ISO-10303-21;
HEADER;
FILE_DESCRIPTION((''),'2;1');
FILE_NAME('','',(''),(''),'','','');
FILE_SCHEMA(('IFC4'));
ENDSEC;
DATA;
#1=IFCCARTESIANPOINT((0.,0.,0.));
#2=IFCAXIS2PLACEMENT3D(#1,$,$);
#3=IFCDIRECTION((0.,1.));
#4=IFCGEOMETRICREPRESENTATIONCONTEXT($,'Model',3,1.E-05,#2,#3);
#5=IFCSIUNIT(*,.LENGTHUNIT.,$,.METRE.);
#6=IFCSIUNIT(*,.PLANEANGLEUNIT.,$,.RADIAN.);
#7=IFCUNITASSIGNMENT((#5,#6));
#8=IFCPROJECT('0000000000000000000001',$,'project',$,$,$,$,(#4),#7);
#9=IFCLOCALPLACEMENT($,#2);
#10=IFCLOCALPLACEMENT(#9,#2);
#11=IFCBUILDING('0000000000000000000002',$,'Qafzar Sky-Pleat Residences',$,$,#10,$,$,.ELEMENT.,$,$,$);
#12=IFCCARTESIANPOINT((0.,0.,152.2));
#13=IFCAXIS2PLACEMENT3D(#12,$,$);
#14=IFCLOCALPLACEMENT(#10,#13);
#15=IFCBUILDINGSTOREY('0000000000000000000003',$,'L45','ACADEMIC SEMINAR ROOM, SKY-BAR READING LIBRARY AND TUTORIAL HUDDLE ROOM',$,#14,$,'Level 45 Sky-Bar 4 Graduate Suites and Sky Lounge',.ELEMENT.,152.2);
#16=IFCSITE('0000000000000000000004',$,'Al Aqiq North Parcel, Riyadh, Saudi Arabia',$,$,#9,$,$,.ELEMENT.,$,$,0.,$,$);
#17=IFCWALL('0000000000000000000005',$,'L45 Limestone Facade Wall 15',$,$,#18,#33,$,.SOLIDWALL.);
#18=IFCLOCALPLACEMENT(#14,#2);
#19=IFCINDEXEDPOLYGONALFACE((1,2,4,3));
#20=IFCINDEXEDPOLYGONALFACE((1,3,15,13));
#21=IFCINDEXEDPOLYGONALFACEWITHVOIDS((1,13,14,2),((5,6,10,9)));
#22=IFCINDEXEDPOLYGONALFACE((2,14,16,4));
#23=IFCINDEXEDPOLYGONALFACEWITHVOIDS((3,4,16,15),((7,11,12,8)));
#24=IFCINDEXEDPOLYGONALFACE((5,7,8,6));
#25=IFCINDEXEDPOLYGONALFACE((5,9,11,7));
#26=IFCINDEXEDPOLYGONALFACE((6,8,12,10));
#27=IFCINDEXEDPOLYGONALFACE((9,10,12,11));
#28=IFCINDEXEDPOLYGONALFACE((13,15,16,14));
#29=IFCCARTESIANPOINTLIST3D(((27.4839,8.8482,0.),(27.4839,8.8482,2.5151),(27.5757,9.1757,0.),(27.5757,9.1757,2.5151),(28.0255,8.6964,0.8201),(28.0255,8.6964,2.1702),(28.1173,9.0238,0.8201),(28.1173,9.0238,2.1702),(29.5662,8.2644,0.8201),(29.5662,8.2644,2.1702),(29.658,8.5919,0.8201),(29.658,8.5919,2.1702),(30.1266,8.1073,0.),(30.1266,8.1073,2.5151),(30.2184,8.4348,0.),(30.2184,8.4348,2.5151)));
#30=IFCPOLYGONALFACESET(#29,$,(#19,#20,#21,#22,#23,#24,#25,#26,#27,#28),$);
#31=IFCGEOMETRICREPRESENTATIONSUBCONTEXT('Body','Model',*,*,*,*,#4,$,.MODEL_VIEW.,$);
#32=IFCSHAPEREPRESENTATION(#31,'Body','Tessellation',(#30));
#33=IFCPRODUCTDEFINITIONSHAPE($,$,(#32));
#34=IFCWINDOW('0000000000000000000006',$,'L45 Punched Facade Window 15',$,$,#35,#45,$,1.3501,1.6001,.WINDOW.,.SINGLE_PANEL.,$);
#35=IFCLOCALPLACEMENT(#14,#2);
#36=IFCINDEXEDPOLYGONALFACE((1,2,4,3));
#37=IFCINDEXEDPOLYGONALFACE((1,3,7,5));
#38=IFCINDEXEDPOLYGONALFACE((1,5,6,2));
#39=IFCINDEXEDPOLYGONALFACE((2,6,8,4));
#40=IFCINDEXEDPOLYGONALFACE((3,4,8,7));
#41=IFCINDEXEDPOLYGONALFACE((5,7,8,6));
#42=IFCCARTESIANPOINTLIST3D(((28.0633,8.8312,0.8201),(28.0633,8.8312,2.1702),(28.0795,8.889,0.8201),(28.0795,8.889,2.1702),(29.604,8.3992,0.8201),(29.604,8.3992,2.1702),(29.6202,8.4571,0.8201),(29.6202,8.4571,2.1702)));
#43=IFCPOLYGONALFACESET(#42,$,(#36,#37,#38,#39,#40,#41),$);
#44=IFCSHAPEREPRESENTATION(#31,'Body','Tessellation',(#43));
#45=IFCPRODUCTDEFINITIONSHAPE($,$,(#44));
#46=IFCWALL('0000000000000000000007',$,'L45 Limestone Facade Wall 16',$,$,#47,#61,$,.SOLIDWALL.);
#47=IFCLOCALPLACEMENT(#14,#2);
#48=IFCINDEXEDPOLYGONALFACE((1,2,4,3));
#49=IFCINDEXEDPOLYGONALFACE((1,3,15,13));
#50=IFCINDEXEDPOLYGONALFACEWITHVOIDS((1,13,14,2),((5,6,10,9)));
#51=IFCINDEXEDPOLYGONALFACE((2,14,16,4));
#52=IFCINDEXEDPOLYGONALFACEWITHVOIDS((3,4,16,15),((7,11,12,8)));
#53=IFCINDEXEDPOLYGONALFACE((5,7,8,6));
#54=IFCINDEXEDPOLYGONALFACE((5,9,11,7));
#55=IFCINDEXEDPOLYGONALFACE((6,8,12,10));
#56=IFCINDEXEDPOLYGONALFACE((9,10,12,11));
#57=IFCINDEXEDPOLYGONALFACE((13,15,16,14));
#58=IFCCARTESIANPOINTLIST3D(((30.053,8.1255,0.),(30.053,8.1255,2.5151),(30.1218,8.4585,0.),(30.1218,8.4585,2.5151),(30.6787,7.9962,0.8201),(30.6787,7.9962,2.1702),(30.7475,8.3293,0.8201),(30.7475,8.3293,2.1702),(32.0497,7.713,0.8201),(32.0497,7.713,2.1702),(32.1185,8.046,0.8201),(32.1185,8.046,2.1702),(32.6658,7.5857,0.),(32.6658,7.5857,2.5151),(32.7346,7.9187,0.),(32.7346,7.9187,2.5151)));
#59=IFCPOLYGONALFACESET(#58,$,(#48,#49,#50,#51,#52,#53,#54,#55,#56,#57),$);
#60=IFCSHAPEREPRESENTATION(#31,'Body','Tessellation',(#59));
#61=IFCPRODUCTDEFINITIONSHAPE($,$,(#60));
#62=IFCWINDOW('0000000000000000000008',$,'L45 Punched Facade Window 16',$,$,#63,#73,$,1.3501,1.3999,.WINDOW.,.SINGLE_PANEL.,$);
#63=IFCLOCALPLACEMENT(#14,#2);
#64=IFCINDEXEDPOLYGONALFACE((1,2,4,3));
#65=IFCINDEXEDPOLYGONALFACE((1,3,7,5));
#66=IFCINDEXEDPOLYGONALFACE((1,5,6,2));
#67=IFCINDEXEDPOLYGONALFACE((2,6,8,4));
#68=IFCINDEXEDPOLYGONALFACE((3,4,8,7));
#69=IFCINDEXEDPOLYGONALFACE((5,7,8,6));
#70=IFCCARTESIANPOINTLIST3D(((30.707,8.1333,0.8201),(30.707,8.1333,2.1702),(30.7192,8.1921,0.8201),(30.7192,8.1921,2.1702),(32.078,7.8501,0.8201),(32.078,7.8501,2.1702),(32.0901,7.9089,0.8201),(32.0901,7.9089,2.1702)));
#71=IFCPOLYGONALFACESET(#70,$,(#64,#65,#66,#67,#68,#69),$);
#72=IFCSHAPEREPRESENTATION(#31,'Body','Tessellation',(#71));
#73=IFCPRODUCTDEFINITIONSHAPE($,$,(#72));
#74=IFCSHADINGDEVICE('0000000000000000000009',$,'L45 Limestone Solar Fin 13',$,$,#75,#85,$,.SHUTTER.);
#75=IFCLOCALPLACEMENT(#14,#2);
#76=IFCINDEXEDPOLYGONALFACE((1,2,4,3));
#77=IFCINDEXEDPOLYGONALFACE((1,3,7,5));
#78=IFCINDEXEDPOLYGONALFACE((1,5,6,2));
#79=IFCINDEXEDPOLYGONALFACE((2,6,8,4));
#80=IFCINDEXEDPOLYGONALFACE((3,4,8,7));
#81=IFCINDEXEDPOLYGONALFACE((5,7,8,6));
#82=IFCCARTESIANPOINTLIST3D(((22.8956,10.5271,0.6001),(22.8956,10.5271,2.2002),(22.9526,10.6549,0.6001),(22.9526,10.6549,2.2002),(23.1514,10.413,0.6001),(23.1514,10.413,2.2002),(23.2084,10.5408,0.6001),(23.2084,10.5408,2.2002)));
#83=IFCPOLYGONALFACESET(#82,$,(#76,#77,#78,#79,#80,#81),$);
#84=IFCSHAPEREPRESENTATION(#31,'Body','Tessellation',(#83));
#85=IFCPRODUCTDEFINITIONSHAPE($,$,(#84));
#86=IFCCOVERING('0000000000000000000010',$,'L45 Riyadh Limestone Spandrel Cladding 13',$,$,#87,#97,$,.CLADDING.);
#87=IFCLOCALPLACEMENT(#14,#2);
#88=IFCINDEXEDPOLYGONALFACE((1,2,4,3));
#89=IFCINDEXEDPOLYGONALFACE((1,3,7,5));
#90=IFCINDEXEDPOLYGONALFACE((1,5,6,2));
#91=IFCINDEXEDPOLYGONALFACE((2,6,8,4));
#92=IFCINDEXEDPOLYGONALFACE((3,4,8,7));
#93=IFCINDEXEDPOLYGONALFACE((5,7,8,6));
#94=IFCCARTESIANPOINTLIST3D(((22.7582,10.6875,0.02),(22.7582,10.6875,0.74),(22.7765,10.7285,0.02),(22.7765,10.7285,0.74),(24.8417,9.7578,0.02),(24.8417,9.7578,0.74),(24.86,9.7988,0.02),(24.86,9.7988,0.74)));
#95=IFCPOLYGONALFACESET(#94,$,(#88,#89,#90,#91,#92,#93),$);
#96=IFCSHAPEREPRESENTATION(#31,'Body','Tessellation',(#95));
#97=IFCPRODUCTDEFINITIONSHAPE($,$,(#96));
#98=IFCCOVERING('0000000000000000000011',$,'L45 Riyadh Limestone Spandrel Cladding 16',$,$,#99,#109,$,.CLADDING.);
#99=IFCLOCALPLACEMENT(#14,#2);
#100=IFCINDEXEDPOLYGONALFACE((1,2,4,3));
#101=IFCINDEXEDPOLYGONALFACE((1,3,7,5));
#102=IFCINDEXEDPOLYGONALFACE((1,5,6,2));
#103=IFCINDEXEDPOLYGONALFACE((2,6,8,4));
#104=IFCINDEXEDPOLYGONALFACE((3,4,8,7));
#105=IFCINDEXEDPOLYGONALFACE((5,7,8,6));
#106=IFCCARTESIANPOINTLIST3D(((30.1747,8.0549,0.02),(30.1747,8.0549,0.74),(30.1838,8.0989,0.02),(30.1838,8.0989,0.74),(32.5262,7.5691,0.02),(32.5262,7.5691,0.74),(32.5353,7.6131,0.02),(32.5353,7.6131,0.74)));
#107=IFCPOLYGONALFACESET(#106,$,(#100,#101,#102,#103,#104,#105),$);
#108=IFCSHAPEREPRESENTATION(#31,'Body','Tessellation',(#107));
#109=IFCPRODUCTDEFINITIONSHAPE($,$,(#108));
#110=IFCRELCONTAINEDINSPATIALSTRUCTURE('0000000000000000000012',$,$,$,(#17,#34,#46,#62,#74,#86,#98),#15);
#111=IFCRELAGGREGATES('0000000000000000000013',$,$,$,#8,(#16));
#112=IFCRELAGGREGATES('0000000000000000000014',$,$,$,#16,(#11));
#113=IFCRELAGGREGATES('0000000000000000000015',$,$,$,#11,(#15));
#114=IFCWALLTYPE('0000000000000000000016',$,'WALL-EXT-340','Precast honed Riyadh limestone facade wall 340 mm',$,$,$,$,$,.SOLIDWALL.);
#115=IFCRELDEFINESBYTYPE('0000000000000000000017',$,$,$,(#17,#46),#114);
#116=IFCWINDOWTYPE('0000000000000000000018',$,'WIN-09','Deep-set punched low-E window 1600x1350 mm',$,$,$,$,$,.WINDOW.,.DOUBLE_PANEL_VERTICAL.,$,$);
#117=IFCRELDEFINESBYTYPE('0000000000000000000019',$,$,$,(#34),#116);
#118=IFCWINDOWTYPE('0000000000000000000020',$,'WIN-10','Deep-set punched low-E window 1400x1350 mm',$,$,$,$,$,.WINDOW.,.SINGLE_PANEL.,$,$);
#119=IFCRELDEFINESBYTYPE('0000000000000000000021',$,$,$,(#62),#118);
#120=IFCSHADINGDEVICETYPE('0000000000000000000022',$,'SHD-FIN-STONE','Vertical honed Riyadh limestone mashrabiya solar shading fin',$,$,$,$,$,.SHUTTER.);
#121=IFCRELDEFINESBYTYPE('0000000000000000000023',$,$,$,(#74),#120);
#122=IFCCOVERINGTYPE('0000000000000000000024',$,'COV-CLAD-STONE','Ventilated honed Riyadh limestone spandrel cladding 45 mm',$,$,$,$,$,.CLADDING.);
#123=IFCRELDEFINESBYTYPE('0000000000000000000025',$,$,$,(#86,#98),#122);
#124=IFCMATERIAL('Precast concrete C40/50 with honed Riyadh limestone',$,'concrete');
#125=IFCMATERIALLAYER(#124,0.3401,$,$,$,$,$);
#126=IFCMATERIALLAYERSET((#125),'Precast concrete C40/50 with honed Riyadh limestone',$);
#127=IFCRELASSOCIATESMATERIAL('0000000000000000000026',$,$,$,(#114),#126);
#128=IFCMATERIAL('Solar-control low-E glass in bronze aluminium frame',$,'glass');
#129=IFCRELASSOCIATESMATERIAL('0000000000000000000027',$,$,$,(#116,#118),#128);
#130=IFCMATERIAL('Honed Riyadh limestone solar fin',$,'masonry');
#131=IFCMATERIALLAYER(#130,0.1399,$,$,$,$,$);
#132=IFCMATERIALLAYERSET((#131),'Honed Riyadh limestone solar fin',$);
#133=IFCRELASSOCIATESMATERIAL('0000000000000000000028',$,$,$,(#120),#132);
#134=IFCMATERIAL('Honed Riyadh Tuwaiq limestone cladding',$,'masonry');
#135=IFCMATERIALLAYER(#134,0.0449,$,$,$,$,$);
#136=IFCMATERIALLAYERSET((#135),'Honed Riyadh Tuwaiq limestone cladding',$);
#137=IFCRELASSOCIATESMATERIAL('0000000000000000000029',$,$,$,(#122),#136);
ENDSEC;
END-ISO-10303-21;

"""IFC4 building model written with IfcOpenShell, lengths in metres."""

from ifc_helpers import new_model, si_unit, direction, frame, frame_2d, origin, origin_2d, place, context, subcontext, project, spatial, rectangle, extrude, source, transform, mapped, material, layer, layer_set, type_object, element, fill, save


model = new_model("IFC4")

# Units and contexts
model_context = context("Model", 3, precision=1e-05, world=origin(), true_north=direction((0.0, 1.0)))
body_context = subcontext(model_context, "Body", "Model", "MODEL_VIEW")
ifc_project = project(units=[si_unit("LENGTHUNIT", "METRE"), si_unit("PLANEANGLEUNIT", "RADIAN")], contexts=[model_context])

# Site, building, storey
site_placement = place(None, origin())
site = spatial("IfcSite", under=ifc_project, at=site_placement, Name="Al Aqiq North Parcel, Riyadh, Saudi Arabia", CompositionType="ELEMENT", RefElevation=0.0)
building_placement = place(site_placement, origin())
building = spatial("IfcBuilding", under=site, at=building_placement, Name="Qafzar Sky-Pleat Residences", CompositionType="ELEMENT")
storey_placement = place(building_placement, frame((0.0, 0.0, 152.2)))
storey = spatial("IfcBuildingStorey", under=building, at=storey_placement, Name="L45", Description="ACADEMIC SEMINAR ROOM, SKY-BAR READING LIBRARY AND TUTORIAL HUDDLE ROOM", LongName="Level 45 Sky-Bar 4 Graduate Suites and Sky Lounge", CompositionType="ELEMENT", Elevation=152.2)

# Walls, openings, windows
ifc_material_1 = material(Name="Precast concrete C40/50 with honed Riyadh limestone", Category="concrete")
ifc_layer_1 = layer(ifc_material_1, 0.3401)
ifc_layer_set_1 = layer_set([ifc_layer_1], Name="Precast concrete C40/50 with honed Riyadh limestone")
wall_type_1 = type_object("IfcWallType", Name="WALL-EXT-340", Description="Precast honed Riyadh limestone facade wall 340 mm", PredefinedType="SOLIDWALL", material=ifc_layer_set_1)
ifc_material_2 = material(Name="Solar-control low-E glass in bronze aluminium frame", Category="glass")
wall_1_placement = place(storey_placement, frame((27.5298, 9.012, 0.0), z_axis=(0.0, 0.0, 1.0), x_axis=(0.962872, -0.26996, 0.0)))
wall_1 = element("IfcWall", 1, at=wall_1_placement, inside=storey, type_object=wall_type_1, Name="L45 Limestone Facade Wall 15", PredefinedType="SOLIDWALL", context=body_context, shape_type="SweptSolid", body=[
    extrude(rectangle(XDim=2.7446, YDim=0.3401, at=frame_2d((1.3723, 0.0))), origin(), (0.0, 0.0, 1.0), 2.5151),
])
opening_1_placement = place(wall_1_placement, frame((0.5625, 0.0, 0.8201)))
opening_1 = element("IfcOpeningElement", 2, at=opening_1_placement, cuts=wall_1, PredefinedType="OPENING", context=body_context, shape_type="SweptSolid", body=[
    extrude(rectangle(XDim=1.6001, YDim=1.3501, at=frame_2d((0.8, 0.675))), frame((0.0, 0.1802, 0.0), z_axis=(0.0, -1.0, 0.0), x_axis=(1.0, 0.0, 0.0)), (0.0, 0.0, 1.0), 0.3601),
])
window_type_1 = type_object("IfcWindowType", Name="WIN-09", Description="Deep-set punched low-E window 1600x1350 mm", PartitioningType="DOUBLE_PANEL_VERTICAL", PredefinedType="WINDOW", material=ifc_material_2)
shared_shape_1 = source(origin(), body_context, "Body", "SweptSolid", [
    extrude(rectangle(XDim=1.6001, YDim=1.3501, at=frame_2d((0.8, 0.675))), frame((0.0, 0.03, 0.0), z_axis=(0.0, -1.0, 0.0), x_axis=(1.0, 0.0, 0.0)), (0.0, 0.0, 1.0), 0.0601),
])
window_1_placement = place(opening_1_placement, origin())
window_1 = element("IfcWindow", 3, at=window_1_placement, inside=storey, type_object=window_type_1, Name="L45 Punched Facade Window 15", OverallHeight=1.3501, OverallWidth=1.6001, PartitioningType="SINGLE_PANEL", PredefinedType="WINDOW", context=body_context, shape_type="MappedRepresentation", body=[
    mapped(shared_shape_1, transform((0.0, 0.0, 0.0), x_axis=(1.0, 0.0, 0.0), y_axis=(0.0, 1.0, 0.0), z_axis=(0.0, 0.0, 1.0), scale=1.0)),
])
fill(opening_1, window_1)
wall_2_placement = place(storey_placement, frame((30.0874, 8.292, 0.0), z_axis=(0.0, 0.0, 1.0), x_axis=(0.979319, -0.202324, 0.0)))
wall_2 = element("IfcWall", 4, at=wall_2_placement, inside=storey, type_object=wall_type_1, Name="L45 Limestone Facade Wall 16", PredefinedType="SOLIDWALL", context=body_context, shape_type="SweptSolid", body=[
    extrude(rectangle(XDim=2.668, YDim=0.3401, at=frame_2d((1.334, 0.0))), origin(), (0.0, 0.0, 1.0), 2.5151),
])
opening_2_placement = place(wall_2_placement, frame((0.6389, 0.0, 0.8201)))
opening_2 = element("IfcOpeningElement", 5, at=opening_2_placement, cuts=wall_2, PredefinedType="OPENING", context=body_context, shape_type="SweptSolid", body=[
    extrude(rectangle(XDim=1.3999, YDim=1.3501, at=frame_2d((0.7, 0.675))), frame((0.0, 0.1802, 0.0), z_axis=(0.0, -1.0, 0.0), x_axis=(1.0, 0.0, 0.0)), (0.0, 0.0, 1.0), 0.3601),
])
window_type_2 = type_object("IfcWindowType", Name="WIN-10", Description="Deep-set punched low-E window 1400x1350 mm", PartitioningType="SINGLE_PANEL", PredefinedType="WINDOW", material=ifc_material_2)
shared_shape_2 = source(origin(), body_context, "Body", "SweptSolid", [
    extrude(rectangle(XDim=1.3999, YDim=1.3501, at=frame_2d((0.7, 0.675))), frame((0.0, 0.03, 0.0), z_axis=(0.0, -1.0, 0.0), x_axis=(1.0, 0.0, 0.0)), (0.0, 0.0, 1.0), 0.0601),
])
window_2_placement = place(opening_2_placement, origin())
window_2 = element("IfcWindow", 6, at=window_2_placement, inside=storey, type_object=window_type_2, Name="L45 Punched Facade Window 16", OverallHeight=1.3501, OverallWidth=1.3999, PartitioningType="SINGLE_PANEL", PredefinedType="WINDOW", context=body_context, shape_type="MappedRepresentation", body=[
    mapped(shared_shape_2, transform((0.0, 0.0, 0.0), x_axis=(1.0, 0.0, 0.0), y_axis=(0.0, 1.0, 0.0), z_axis=(0.0, 0.0, 1.0), scale=1.0)),
])
fill(opening_2, window_2)

# Shading device
ifc_material_3 = material(Name="Honed Riyadh limestone solar fin", Category="masonry")
ifc_layer_2 = layer(ifc_material_3, 0.1399)
ifc_layer_set_2 = layer_set([ifc_layer_2], Name="Honed Riyadh limestone solar fin")
shading_device_type = type_object("IfcShadingDeviceType", Name="SHD-FIN-STONE", Description="Vertical honed Riyadh limestone mashrabiya solar shading fin", PredefinedType="SHUTTER", material=ifc_layer_set_2)
shared_shape_3 = source(origin(), body_context, "Body", "SweptSolid", [
    extrude(rectangle(XDim=0.1399, YDim=0.28, at=origin_2d()), origin(), (0.0, 0.0, 1.0), 1.6001),
])
shading_device_placement = place(storey_placement, frame((23.052, 10.5339, 0.6001), z_axis=(0.0, 0.0, 1.0), x_axis=(-0.407523, -0.913195, 0.0)))
element("IfcShadingDevice", 7, at=shading_device_placement, inside=storey, type_object=shading_device_type, Name="L45 Limestone Solar Fin 13", PredefinedType="SHUTTER", context=body_context, shape_type="MappedRepresentation", body=[
    mapped(shared_shape_3, transform((0.0, 0.0, 0.0), x_axis=(1.0, 0.0, 0.0), y_axis=(0.0, 1.0, 0.0), z_axis=(0.0, 0.0, 1.0), scale=1.0)),
])

# Coverings
ifc_material_4 = material(Name="Honed Riyadh Tuwaiq limestone cladding", Category="masonry")
ifc_layer_3 = layer(ifc_material_4, 0.0449)
ifc_layer_set_3 = layer_set([ifc_layer_3], Name="Honed Riyadh Tuwaiq limestone cladding")
covering_type = type_object("IfcCoveringType", Name="COV-CLAD-STONE", Description="Ventilated honed Riyadh limestone spandrel cladding 45 mm", PredefinedType="CLADDING", material=ifc_layer_set_3)
shared_shape_4 = source(origin(), body_context, "Body", "SweptSolid", [
    extrude(rectangle(XDim=2.2815, YDim=0.0449, at=origin_2d()), origin(), (0.0, 0.0, 1.0), 0.72),
])
covering_1_placement = place(storey_placement, frame((23.8091, 10.2432, 0.02), z_axis=(0.0, 0.0, 1.0), x_axis=(0.913201, -0.40751, 0.0)))
element("IfcCovering", 8, at=covering_1_placement, inside=storey, type_object=covering_type, Name="L45 Riyadh Limestone Spandrel Cladding 13", PredefinedType="CLADDING", context=body_context, shape_type="MappedRepresentation", body=[
    mapped(shared_shape_4, transform((0.0, 0.0, 0.0), x_axis=(1.0, 0.0, 0.0), y_axis=(0.0, 1.0, 0.0), z_axis=(0.0, 0.0, 1.0), scale=1.0)),
])
shared_shape_5 = source(origin(), body_context, "Body", "SweptSolid", [
    extrude(rectangle(XDim=2.4011, YDim=0.0449, at=origin_2d()), origin(), (0.0, 0.0, 1.0), 0.72),
])
covering_2_placement = place(storey_placement, frame((31.355, 7.834, 0.02), z_axis=(0.0, 0.0, 1.0), x_axis=(0.979318, -0.202325, 0.0)))
element("IfcCovering", 9, at=covering_2_placement, inside=storey, type_object=covering_type, Name="L45 Riyadh Limestone Spandrel Cladding 16", PredefinedType="CLADDING", context=body_context, shape_type="MappedRepresentation", body=[
    mapped(shared_shape_5, transform((0.0, 0.0, 0.0), x_axis=(1.0, 0.0, 0.0), y_axis=(0.0, 1.0, 0.0), z_axis=(0.0, 0.0, 1.0), scale=1.0)),
])

save(model, "model.ifc")
